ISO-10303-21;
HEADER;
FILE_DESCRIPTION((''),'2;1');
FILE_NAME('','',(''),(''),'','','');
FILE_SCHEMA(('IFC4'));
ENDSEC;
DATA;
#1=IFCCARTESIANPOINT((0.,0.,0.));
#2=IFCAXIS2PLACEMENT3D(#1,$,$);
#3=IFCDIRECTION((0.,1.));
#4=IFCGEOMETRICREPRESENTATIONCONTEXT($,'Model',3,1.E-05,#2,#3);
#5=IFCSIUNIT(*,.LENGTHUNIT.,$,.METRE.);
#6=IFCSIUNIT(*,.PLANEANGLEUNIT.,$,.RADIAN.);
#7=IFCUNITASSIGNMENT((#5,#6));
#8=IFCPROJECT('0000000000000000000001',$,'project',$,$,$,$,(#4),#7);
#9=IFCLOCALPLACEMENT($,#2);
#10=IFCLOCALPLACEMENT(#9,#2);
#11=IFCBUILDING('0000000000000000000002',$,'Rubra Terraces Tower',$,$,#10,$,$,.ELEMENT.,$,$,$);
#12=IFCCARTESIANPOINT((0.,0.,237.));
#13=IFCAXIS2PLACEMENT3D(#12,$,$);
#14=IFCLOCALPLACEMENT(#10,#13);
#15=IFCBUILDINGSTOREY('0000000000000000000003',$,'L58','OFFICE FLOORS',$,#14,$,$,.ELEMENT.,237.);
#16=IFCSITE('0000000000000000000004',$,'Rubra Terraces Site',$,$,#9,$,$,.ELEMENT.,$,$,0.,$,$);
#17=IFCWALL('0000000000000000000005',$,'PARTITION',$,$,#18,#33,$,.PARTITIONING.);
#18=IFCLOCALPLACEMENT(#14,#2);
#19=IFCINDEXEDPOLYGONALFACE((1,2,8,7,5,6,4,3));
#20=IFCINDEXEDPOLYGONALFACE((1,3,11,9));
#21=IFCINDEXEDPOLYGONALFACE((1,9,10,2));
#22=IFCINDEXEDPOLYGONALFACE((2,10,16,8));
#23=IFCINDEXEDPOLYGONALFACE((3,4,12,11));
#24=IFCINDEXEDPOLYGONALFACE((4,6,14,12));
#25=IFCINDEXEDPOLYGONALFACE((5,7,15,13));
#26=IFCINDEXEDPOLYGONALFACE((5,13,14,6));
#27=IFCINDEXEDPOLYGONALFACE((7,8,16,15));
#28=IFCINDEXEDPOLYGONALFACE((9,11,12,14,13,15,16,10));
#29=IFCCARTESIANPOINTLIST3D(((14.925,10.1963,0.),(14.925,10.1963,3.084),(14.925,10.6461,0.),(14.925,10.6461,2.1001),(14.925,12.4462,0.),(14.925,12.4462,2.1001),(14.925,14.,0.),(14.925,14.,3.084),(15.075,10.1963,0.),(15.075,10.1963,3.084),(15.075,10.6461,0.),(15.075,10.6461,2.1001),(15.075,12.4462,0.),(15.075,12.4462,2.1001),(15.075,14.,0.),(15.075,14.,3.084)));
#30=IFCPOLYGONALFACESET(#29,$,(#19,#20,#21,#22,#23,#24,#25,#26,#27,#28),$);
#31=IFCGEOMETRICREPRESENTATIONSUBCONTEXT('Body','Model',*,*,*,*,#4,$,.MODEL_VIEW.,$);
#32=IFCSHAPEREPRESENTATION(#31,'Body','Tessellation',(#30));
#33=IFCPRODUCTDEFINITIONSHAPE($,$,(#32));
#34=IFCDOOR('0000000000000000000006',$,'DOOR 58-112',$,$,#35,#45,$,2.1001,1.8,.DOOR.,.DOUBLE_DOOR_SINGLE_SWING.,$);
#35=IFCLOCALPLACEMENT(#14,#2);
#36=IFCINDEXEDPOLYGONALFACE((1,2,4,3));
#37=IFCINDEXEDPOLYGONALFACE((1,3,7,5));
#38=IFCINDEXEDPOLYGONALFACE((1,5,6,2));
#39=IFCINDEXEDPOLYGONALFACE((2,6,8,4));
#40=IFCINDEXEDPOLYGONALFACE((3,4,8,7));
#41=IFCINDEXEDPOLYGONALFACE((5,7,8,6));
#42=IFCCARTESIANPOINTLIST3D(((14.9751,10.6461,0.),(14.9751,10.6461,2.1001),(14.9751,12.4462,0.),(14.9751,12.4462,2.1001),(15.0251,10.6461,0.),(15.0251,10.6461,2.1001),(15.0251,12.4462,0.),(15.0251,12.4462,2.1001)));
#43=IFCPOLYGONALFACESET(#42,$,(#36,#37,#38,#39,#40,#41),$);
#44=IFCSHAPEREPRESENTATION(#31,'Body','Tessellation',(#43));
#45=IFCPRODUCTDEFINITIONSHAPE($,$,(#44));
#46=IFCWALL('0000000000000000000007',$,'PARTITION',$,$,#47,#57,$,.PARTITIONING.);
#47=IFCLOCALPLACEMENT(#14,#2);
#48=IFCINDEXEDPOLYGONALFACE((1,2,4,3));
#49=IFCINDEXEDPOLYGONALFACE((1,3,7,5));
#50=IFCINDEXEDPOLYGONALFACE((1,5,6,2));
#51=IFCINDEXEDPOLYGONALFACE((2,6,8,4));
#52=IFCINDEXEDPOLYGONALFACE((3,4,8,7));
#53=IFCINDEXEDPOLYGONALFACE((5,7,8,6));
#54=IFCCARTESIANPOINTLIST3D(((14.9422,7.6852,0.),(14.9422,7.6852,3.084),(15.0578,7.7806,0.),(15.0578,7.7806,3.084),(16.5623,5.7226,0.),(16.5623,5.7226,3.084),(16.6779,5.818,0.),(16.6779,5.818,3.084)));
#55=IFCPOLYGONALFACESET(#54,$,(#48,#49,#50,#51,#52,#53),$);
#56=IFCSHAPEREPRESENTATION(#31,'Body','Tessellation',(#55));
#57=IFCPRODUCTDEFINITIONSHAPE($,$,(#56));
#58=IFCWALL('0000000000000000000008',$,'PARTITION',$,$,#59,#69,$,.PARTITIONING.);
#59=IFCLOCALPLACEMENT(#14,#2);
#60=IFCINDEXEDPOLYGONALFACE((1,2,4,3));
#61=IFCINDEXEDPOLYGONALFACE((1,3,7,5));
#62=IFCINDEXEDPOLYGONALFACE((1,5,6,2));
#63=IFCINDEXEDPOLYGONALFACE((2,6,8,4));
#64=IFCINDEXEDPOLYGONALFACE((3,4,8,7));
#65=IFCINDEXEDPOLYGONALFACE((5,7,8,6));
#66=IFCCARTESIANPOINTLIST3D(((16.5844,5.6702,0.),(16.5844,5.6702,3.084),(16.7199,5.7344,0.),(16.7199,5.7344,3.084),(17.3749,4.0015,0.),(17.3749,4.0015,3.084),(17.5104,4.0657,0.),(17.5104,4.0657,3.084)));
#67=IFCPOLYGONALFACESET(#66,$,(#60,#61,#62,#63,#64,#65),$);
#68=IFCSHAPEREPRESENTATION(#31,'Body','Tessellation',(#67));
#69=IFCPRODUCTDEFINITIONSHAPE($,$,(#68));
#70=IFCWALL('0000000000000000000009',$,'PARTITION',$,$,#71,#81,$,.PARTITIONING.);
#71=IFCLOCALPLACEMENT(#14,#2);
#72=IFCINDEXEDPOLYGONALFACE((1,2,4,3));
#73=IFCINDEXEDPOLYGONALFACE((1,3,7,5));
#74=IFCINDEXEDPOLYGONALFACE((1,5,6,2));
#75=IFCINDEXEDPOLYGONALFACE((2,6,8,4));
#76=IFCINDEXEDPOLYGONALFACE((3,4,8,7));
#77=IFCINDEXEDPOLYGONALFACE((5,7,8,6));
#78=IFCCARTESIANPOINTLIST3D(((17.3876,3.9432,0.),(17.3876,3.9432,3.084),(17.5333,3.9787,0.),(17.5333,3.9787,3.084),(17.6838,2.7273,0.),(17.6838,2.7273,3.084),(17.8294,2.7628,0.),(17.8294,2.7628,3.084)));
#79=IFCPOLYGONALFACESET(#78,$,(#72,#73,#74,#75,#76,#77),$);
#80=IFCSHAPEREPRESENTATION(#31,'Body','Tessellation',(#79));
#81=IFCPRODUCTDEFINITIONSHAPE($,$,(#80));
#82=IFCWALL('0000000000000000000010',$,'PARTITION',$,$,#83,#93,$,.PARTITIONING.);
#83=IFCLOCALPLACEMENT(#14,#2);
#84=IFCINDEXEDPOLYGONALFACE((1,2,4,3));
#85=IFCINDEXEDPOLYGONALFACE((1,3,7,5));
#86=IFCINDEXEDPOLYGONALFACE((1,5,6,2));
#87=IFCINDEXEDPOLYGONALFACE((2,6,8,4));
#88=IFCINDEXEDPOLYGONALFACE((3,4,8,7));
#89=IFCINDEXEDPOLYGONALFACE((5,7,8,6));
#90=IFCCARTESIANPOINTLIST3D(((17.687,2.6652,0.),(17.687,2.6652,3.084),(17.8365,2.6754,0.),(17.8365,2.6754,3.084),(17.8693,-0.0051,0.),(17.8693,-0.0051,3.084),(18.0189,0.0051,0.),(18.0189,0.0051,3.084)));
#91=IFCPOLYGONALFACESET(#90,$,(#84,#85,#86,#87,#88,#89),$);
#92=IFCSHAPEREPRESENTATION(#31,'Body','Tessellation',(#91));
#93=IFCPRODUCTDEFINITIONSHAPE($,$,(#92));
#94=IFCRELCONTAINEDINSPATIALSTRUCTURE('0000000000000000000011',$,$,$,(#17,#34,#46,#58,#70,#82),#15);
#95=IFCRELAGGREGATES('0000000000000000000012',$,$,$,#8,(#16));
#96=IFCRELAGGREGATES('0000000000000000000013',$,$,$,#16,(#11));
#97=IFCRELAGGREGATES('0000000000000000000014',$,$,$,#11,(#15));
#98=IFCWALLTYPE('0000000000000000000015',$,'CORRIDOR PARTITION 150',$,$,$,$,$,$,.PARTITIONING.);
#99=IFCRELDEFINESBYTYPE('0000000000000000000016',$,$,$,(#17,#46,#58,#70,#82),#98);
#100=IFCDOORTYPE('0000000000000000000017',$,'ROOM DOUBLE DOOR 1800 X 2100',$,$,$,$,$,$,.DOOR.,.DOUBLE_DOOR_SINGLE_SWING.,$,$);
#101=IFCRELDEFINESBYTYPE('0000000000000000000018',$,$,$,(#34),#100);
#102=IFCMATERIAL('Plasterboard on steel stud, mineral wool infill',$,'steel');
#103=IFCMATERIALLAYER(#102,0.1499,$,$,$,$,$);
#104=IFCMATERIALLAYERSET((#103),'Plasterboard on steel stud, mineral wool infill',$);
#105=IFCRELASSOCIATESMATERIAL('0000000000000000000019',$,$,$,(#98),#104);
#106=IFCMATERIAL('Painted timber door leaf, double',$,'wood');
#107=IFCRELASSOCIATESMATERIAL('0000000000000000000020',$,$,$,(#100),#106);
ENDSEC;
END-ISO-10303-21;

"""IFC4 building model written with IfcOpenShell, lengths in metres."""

from ifc_helpers import new_model, si_unit, direction, frame, frame_2d, origin, place, context, subcontext, project, spatial, rectangle, extrude, material, layer, layer_set, type_object, element, fill, save


model = new_model("IFC4")

# Units and contexts
model_context = context("Model", 3, precision=1e-05, world=origin(), true_north=direction((0.0, 1.0)))
body_context = subcontext(model_context, "Body", "Model", "MODEL_VIEW")
ifc_project = project(units=[si_unit("LENGTHUNIT", "METRE"), si_unit("PLANEANGLEUNIT", "RADIAN")], contexts=[model_context])

# Site, building, storey
site_placement = place(None, origin())
site = spatial("IfcSite", under=ifc_project, at=site_placement, Name="Rubra Terraces Site", CompositionType="ELEMENT", RefElevation=0.0)
building_placement = place(site_placement, origin())
building = spatial("IfcBuilding", under=site, at=building_placement, Name="Rubra Terraces Tower", CompositionType="ELEMENT")
storey_placement = place(building_placement, frame((0.0, 0.0, 237.0)))
storey = spatial("IfcBuildingStorey", under=building, at=storey_placement, Name="L58", Description="OFFICE FLOORS", CompositionType="ELEMENT", Elevation=237.0)

# Shared definitions
ifc_material_1 = material(Name="Plasterboard on steel stud, mineral wool infill", Category="steel")
ifc_layer_1 = layer(ifc_material_1, 0.1499)
ifc_layer_set_1 = layer_set([ifc_layer_1], Name="Plasterboard on steel stud, mineral wool infill")
wall_type_1 = type_object("IfcWallType", Name="CORRIDOR PARTITION 150", PredefinedType="PARTITIONING", material=ifc_layer_set_1)
ifc_material_2 = material(Name="Painted timber door leaf, double", Category="wood")
door_type = type_object("IfcDoorType", Name="ROOM DOUBLE DOOR 1800 X 2100", OperationType="DOUBLE_DOOR_SINGLE_SWING", PredefinedType="DOOR", material=ifc_material_2)

# Wall, opening, door
wall_1_placement = place(storey_placement, frame((15.0, 10.1963, 0.0), z_axis=(0.0, 0.0, 1.0), x_axis=(0.0, 1.0, 0.0)))
wall_1 = element("IfcWall", 1, at=wall_1_placement, inside=storey, type_object=wall_type_1, Name="PARTITION", PredefinedType="PARTITIONING", context=body_context, shape_type="SweptSolid", body=[
    extrude(rectangle(XDim=3.8037, YDim=0.1499, at=frame_2d((1.9019, 0.0))), origin(), (0.0, 0.0, 1.0), 3.084),
])
opening_1_placement = place(wall_1_placement, frame((0.45, 0.0, 0.0)))
opening_1 = element("IfcOpeningElement", 2, at=opening_1_placement, cuts=wall_1, PredefinedType="OPENING", context=body_context, shape_type="SweptSolid", body=[
    extrude(rectangle(XDim=1.8, YDim=2.1001, at=frame_2d((0.8999, 1.05))), frame((0.0, 0.085, 0.0), z_axis=(0.0, -1.0, 0.0), x_axis=(1.0, 0.0, 0.0)), (0.0, 0.0, 1.0), 0.1699),
])
door_1_placement = place(opening_1_placement, origin())
door_1 = element("IfcDoor", 3, at=door_1_placement, inside=storey, type_object=door_type, Name="DOOR 58-112", OperationType="DOUBLE_DOOR_SINGLE_SWING", OverallHeight=2.1001, OverallWidth=1.8, PredefinedType="DOOR", context=body_context, shape_type="SweptSolid", body=[
    extrude(rectangle(XDim=1.8, YDim=2.1001, at=frame_2d((0.8999, 1.05))), frame((0.0, 0.0249, 0.0), z_axis=(0.0, -1.0, 0.0), x_axis=(1.0, 0.0, 0.0)), (0.0, 0.0, 1.0), 0.05),
])
fill(opening_1, door_1)

# Walls
wall_2_placement = place(storey_placement, frame((15.0, 7.7329, 0.0), z_axis=(0.0, 0.0, 1.0), x_axis=(0.636601, -0.771193, 0.0)))
element("IfcWall", 4, at=wall_2_placement, inside=storey, type_object=wall_type_1, Name="PARTITION", PredefinedType="PARTITIONING", context=body_context, shape_type="SweptSolid", body=[
    extrude(rectangle(XDim=2.5449, YDim=0.1499, at=frame_2d((1.2725, 0.0))), origin(), (0.0, 0.0, 1.0), 3.084),
])
wall_3_placement = place(storey_placement, frame((16.6521, 5.7024, 0.0), z_axis=(0.0, 0.0, 1.0), x_axis=(0.428126, -0.903719, 0.0)))
element("IfcWall", 5, at=wall_3_placement, inside=storey, type_object=wall_type_1, Name="PARTITION", PredefinedType="PARTITIONING", context=body_context, shape_type="SweptSolid", body=[
    extrude(rectangle(XDim=1.8464, YDim=0.1499, at=frame_2d((0.9233, 0.0))), origin(), (0.0, 0.0, 1.0), 3.084),
])
wall_4_placement = place(storey_placement, frame((17.4604, 3.9609, 0.0), z_axis=(0.0, 0.0, 1.0), x_axis=(0.236655, -0.971594, 0.0)))
element("IfcWall", 6, at=wall_4_placement, inside=storey, type_object=wall_type_1, Name="PARTITION", PredefinedType="PARTITIONING", context=body_context, shape_type="SweptSolid", body=[
    extrude(rectangle(XDim=1.2515, YDim=0.1499, at=frame_2d((0.6257, 0.0))), origin(), (0.0, 0.0, 1.0), 3.084),
])
wall_5_placement = place(storey_placement, frame((17.7617, 2.6704, 0.0), z_axis=(0.0, 0.0, 1.0), x_axis=(0.068135, -0.997676, 0.0)))
element("IfcWall", 7, at=wall_5_placement, inside=storey, type_object=wall_type_1, Name="PARTITION", PredefinedType="PARTITIONING", context=body_context, shape_type="SweptSolid", body=[
    extrude(rectangle(XDim=2.6765, YDim=0.1499, at=frame_2d((1.3384, 0.0))), origin(), (0.0, 0.0, 1.0), 3.084),
])

save(model, "model.ifc")
